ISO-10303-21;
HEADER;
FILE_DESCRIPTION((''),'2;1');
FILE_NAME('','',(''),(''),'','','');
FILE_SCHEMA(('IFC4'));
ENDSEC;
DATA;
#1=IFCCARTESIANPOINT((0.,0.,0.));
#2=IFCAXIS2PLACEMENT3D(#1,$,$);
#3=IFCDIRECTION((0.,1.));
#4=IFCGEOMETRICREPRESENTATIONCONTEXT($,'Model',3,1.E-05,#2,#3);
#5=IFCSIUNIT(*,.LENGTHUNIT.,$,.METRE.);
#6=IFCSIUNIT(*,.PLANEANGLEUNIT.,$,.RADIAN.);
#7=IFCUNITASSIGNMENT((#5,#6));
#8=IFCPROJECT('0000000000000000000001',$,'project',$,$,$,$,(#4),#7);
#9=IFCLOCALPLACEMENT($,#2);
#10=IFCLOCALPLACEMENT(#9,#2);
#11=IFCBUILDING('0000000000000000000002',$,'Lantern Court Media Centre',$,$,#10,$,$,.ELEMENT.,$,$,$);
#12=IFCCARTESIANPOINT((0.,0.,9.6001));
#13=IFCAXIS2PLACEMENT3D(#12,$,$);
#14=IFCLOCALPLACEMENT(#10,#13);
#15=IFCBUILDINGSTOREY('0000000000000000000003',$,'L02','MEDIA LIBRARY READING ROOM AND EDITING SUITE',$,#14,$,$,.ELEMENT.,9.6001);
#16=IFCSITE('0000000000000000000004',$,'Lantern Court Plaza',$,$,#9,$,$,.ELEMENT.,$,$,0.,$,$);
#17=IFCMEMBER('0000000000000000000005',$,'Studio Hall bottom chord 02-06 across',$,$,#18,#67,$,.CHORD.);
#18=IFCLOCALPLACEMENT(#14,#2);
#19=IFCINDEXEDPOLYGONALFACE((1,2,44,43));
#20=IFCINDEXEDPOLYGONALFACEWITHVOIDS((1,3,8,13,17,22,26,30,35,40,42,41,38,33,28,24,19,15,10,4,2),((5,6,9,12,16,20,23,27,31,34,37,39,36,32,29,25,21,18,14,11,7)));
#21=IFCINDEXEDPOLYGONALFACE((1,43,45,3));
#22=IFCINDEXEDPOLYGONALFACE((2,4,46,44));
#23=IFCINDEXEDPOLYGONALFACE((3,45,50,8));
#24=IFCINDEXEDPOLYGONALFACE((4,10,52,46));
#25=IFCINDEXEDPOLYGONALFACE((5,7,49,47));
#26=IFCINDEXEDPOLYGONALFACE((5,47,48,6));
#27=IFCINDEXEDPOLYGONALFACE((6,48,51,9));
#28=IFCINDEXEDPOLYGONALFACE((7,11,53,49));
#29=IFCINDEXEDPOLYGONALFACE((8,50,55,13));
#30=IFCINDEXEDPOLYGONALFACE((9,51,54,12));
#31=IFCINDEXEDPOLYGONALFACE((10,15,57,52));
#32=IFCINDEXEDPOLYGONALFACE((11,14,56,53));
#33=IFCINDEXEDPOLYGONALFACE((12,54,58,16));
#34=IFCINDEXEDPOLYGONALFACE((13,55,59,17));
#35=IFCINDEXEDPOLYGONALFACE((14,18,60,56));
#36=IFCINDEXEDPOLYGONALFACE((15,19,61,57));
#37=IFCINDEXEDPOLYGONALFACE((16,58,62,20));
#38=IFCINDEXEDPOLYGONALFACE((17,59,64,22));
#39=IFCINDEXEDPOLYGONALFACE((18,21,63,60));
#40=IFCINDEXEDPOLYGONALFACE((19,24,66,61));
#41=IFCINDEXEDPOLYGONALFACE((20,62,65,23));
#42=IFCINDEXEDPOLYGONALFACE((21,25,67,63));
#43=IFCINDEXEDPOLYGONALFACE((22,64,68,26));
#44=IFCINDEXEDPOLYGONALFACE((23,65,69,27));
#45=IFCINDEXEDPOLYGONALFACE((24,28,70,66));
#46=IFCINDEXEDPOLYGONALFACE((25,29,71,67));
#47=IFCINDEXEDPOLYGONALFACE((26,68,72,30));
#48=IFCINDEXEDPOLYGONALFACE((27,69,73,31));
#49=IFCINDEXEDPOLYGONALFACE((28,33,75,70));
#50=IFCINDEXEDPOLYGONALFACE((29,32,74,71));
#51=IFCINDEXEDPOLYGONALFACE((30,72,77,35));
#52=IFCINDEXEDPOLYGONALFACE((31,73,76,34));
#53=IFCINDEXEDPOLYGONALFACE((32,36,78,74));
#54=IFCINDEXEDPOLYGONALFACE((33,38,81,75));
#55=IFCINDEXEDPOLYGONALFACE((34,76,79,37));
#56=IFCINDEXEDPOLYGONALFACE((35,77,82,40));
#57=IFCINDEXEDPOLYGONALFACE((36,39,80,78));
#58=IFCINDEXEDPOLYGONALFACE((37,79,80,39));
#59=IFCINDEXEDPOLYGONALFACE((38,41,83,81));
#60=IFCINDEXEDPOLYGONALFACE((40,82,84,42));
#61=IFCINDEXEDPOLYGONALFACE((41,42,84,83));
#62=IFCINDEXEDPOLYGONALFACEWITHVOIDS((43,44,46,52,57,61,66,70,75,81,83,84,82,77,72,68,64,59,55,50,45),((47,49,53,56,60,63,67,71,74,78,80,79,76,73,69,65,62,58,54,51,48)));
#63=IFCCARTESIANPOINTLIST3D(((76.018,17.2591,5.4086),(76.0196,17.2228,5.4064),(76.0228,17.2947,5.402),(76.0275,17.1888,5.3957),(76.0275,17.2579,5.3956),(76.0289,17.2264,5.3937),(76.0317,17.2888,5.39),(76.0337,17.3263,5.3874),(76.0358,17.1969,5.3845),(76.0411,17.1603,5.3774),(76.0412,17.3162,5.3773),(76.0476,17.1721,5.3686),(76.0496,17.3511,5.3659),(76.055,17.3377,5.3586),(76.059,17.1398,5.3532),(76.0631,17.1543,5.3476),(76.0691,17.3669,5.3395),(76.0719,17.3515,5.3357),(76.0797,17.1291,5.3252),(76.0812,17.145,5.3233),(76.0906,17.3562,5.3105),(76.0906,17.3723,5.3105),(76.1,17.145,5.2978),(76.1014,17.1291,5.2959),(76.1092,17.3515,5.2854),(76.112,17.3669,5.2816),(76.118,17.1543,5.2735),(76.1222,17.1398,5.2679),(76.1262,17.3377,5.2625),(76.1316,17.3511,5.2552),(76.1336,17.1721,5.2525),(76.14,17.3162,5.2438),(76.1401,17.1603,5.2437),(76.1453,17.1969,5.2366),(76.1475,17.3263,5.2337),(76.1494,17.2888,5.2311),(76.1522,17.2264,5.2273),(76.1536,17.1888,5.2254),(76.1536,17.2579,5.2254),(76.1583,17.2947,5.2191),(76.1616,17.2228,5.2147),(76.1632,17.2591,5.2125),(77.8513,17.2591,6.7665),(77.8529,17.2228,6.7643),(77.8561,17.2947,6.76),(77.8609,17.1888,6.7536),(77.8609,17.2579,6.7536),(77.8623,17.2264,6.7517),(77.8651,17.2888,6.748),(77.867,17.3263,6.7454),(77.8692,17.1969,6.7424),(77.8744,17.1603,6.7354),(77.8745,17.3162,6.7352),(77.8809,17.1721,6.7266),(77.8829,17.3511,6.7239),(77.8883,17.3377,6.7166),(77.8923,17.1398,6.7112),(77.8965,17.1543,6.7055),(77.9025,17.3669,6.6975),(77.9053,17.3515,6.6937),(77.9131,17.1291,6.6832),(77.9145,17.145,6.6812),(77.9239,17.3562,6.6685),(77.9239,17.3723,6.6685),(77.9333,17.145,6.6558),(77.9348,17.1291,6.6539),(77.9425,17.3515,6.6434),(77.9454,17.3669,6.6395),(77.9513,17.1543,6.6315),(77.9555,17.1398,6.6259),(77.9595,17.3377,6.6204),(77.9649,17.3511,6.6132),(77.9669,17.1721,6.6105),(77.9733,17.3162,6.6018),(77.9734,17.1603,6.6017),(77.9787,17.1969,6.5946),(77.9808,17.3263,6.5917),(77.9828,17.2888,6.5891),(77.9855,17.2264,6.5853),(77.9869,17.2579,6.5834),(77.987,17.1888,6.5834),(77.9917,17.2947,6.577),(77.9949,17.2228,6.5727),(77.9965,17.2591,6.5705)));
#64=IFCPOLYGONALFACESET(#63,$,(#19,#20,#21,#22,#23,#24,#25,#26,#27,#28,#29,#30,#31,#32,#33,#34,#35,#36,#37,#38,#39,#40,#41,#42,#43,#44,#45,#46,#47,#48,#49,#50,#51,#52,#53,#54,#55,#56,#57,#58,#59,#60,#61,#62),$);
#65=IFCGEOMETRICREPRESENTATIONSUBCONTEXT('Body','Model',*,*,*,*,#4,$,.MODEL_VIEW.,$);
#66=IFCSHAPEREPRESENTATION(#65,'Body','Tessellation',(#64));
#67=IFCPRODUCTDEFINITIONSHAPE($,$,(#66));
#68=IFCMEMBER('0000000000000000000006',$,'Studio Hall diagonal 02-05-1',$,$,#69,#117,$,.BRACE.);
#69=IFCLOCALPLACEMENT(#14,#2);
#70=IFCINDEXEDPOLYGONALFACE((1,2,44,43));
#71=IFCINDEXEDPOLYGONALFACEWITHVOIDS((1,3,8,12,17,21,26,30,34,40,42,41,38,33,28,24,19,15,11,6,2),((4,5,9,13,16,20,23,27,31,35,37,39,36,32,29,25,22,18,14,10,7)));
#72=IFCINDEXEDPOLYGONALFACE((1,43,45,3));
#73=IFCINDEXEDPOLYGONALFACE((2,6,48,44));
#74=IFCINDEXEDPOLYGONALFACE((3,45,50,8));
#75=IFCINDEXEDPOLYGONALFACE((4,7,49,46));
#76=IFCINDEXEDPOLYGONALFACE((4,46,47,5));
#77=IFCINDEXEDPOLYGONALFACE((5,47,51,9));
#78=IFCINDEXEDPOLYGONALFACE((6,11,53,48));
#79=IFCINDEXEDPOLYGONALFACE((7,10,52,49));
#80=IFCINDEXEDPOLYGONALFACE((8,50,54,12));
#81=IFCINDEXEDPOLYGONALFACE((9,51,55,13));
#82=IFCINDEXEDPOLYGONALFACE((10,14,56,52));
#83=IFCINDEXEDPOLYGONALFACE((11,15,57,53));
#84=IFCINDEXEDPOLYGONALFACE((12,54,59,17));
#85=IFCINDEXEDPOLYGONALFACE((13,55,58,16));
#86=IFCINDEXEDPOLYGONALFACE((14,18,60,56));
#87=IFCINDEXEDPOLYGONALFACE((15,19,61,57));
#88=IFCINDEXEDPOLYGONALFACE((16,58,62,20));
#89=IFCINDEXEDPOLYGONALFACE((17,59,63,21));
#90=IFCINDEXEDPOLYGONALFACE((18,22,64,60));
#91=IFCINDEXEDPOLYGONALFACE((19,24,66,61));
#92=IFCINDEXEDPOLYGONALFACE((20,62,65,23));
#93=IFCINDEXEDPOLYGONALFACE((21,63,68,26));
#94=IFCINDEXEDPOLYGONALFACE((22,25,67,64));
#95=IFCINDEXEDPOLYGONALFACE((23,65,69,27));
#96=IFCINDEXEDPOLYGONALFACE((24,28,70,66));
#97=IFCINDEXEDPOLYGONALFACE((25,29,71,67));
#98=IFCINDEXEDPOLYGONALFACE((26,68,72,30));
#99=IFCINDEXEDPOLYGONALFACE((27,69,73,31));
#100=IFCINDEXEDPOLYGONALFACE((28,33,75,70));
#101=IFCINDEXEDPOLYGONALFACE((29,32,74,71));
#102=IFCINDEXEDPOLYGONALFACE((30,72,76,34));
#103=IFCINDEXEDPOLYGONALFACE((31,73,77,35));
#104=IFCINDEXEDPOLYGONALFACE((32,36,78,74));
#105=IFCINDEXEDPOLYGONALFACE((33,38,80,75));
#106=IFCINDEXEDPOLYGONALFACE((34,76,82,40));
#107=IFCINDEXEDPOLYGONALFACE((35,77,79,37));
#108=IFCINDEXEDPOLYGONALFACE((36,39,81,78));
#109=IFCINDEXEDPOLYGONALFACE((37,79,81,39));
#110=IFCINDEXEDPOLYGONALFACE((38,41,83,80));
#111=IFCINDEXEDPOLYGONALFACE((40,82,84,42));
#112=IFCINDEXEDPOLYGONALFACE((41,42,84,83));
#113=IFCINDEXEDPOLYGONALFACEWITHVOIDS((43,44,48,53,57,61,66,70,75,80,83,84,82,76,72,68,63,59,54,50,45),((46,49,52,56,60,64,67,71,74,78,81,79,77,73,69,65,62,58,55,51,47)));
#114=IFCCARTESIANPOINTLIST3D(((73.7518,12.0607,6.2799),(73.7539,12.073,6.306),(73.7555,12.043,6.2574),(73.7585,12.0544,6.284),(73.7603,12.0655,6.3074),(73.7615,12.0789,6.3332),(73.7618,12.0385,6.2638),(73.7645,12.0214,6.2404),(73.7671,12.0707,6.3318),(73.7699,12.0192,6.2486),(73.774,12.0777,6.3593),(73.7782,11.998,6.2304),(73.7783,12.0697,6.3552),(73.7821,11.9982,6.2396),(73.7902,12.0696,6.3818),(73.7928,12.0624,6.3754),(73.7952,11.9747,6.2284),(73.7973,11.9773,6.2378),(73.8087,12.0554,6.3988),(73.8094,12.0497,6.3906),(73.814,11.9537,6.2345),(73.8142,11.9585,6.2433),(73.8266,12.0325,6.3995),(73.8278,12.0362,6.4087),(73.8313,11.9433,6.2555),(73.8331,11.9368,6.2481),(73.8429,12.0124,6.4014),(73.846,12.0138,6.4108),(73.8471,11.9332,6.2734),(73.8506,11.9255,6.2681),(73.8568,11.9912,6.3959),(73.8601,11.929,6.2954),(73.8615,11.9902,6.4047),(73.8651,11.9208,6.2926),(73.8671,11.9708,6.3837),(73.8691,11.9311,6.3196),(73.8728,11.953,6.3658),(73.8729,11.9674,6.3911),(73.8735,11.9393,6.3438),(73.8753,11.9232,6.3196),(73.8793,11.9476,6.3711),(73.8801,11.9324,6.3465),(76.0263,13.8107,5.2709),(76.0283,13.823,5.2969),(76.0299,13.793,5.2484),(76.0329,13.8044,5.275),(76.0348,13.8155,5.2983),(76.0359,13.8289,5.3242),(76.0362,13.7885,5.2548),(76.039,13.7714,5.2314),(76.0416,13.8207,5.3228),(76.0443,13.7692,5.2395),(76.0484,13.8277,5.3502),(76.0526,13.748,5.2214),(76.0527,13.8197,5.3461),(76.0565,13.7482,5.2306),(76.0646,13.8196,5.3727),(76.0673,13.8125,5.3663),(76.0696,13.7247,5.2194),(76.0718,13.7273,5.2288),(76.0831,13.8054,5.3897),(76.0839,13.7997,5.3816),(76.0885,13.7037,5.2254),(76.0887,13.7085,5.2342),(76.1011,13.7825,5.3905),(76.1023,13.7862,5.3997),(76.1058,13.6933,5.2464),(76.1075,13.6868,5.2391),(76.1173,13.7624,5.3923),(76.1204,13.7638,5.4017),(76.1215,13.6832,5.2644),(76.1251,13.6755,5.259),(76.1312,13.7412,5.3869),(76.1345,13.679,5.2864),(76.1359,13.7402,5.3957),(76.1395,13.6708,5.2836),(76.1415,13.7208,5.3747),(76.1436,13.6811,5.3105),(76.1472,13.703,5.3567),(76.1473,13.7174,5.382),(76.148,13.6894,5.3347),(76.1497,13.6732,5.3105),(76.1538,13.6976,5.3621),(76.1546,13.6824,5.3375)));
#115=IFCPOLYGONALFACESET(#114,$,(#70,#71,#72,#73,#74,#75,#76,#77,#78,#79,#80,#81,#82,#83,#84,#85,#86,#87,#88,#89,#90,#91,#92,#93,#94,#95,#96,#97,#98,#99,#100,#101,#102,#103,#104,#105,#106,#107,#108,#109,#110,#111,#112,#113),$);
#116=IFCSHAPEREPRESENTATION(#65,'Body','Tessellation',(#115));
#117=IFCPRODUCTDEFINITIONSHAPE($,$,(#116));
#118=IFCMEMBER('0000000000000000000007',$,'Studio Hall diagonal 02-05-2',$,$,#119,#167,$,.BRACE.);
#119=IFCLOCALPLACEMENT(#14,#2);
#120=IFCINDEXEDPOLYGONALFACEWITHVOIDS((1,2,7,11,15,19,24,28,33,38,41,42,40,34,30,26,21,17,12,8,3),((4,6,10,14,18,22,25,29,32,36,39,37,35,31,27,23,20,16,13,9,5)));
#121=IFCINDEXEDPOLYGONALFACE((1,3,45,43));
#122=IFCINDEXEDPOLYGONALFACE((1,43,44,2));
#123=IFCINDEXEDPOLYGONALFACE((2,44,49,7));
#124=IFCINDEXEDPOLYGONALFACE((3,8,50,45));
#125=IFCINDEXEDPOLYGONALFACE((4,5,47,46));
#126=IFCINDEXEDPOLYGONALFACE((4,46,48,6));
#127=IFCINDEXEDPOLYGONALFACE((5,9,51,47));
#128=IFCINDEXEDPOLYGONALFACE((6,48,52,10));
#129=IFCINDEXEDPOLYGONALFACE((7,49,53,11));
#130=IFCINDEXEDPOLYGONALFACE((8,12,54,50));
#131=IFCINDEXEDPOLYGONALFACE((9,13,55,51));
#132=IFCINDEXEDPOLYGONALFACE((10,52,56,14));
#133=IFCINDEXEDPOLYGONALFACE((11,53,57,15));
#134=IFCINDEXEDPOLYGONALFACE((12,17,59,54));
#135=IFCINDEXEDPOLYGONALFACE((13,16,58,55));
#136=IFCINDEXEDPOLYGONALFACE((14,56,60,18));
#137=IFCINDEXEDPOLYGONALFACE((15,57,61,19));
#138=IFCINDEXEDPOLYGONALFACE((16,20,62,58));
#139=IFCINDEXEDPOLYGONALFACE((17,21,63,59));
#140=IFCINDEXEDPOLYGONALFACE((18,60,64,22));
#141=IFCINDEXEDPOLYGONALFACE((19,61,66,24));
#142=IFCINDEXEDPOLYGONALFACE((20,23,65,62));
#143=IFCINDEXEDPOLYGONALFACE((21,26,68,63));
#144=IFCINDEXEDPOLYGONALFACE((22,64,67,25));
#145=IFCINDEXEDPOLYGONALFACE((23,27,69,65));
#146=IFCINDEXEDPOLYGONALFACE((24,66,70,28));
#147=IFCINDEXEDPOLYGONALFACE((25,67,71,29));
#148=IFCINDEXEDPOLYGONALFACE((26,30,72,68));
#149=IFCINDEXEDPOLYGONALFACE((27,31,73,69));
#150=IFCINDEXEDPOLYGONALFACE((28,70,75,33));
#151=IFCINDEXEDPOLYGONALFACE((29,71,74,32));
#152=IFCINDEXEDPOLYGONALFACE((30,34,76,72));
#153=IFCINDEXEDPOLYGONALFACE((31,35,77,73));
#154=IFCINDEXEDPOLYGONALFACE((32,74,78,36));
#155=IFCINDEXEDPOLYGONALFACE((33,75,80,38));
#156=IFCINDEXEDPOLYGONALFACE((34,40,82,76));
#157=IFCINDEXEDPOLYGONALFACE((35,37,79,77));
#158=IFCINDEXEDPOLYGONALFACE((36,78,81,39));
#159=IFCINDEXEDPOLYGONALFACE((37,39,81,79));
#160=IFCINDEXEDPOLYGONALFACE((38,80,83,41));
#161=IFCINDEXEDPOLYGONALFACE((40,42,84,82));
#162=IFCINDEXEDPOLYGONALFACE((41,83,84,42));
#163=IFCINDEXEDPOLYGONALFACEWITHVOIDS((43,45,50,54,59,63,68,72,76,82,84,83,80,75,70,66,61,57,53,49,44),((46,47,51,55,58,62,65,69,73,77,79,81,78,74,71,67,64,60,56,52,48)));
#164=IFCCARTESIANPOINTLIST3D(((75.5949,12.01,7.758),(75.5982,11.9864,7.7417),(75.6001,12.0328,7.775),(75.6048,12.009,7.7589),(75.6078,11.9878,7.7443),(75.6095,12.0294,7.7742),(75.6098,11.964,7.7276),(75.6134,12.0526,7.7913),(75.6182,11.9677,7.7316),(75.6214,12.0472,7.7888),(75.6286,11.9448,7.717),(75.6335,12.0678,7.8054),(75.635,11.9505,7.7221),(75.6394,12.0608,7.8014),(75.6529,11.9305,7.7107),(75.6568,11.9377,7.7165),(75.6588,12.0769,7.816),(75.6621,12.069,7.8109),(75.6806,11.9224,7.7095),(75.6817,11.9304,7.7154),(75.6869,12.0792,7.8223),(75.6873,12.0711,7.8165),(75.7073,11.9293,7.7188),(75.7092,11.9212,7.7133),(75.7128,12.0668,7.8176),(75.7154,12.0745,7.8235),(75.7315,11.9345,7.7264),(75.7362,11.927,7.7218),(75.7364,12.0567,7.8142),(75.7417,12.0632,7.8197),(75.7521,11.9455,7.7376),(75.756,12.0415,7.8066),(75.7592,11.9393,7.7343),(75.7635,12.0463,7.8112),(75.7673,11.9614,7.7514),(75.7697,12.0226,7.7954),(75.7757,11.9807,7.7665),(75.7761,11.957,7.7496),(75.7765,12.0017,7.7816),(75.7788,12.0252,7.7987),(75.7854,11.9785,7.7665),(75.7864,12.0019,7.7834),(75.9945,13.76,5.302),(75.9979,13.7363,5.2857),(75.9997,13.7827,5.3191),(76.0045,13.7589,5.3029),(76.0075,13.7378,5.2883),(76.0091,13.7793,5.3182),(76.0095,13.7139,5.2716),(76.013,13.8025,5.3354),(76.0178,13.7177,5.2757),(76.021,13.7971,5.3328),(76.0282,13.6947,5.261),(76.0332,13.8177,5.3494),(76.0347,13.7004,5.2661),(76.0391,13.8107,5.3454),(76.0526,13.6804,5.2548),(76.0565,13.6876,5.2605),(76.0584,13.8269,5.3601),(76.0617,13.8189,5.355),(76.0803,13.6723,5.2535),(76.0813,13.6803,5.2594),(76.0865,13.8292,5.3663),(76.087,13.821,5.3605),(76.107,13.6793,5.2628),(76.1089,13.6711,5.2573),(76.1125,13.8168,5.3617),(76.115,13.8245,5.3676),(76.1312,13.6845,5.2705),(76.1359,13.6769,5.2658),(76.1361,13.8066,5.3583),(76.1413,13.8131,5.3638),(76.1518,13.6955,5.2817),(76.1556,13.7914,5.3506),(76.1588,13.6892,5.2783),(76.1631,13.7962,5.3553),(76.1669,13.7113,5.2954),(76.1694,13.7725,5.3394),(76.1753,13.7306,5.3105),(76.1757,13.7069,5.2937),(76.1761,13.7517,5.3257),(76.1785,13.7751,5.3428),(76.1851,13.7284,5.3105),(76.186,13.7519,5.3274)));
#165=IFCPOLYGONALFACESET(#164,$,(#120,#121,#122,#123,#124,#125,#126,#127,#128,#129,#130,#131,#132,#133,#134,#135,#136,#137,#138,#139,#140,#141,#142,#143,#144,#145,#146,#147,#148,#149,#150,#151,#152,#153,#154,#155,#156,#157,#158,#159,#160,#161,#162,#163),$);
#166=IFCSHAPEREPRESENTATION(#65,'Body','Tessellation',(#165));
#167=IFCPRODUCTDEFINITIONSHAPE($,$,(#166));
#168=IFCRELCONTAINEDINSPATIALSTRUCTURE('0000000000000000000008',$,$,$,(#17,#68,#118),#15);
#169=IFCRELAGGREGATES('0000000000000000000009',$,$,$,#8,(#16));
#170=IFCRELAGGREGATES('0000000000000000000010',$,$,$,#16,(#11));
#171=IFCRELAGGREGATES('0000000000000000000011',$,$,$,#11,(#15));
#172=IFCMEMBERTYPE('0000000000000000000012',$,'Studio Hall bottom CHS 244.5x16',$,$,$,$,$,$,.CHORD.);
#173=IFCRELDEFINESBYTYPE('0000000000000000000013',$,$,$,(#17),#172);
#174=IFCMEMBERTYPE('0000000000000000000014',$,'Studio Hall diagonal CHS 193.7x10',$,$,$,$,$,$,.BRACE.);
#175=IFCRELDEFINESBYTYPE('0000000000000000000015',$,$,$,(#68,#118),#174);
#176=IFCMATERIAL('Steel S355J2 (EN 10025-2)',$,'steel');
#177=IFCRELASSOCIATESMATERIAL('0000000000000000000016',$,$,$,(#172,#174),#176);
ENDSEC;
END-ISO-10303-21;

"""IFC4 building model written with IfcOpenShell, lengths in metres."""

from ifc_helpers import new_model, si_unit, direction, frame, origin, origin_2d, place, context, subcontext, project, spatial, hollow_circle, extrude, material, material_profile, profile_set, type_object, element, save


model = new_model("IFC4")

# Units and contexts
model_context = context("Model", 3, precision=1e-05, world=origin(), true_north=direction((0.0, 1.0)))
body_context = subcontext(model_context, "Body", "Model", "MODEL_VIEW")
ifc_project = project(units=[si_unit("LENGTHUNIT", "METRE"), si_unit("PLANEANGLEUNIT", "RADIAN")], contexts=[model_context])

# Site, building, storey
site_placement = place(None, origin())
site = spatial("IfcSite", under=ifc_project, at=site_placement, Name="Lantern Court Plaza", CompositionType="ELEMENT", RefElevation=0.0)
building_placement = place(site_placement, origin())
building = spatial("IfcBuilding", under=site, at=building_placement, Name="Lantern Court Media Centre", CompositionType="ELEMENT")
storey_placement = place(building_placement, frame((0.0, 0.0, 9.6001)))
storey = spatial("IfcBuildingStorey", under=building, at=storey_placement, Name="L02", Description="MEDIA LIBRARY READING ROOM AND EDITING SUITE", CompositionType="ELEMENT", Elevation=9.6001)

# Members
ifc_material_1 = material(Name="Steel S355J2 (EN 10025-2)", Category="steel")
ifc_material_profile_1 = material_profile(ifc_material_1, hollow_circle(Radius=0.1223, WallThickness=0.0161, at=origin_2d()), Name="Studio Hall bottom CHS 244.5x16")
ifc_profile_set_1 = profile_set([ifc_material_profile_1], Name="Steel S355J2 (EN 10025-2)")
member_type_1 = type_object("IfcMemberType", Name="Studio Hall bottom CHS 244.5x16", PredefinedType="CHORD", material=ifc_profile_set_1)
for number, where, z_axis, x_axis, name in (
    (1, (76.0906, 17.25, 5.3105), (0.803569, 0.0, 0.595212), (0.0, 1.0, 0.0), "Studio Hall bottom chord 02-06 across"),
):
    element("IfcMember", number, at=place(storey_placement, frame(where, z_axis=z_axis, x_axis=x_axis)), inside=storey, type_object=member_type_1, Name=name, PredefinedType="CHORD", context=body_context, shape_type="SweptSolid", body=[
        extrude(hollow_circle(Radius=0.1223, WallThickness=0.0161, at=origin_2d()), origin(), (0.0, 0.0, 1.0), 2.2815),
    ])
ifc_material_profile_2 = material_profile(ifc_material_1, hollow_circle(Radius=0.0969, WallThickness=0.01, at=origin_2d()), Name="Studio Hall diagonal CHS 193.7x10")
ifc_profile_set_2 = profile_set([ifc_material_profile_2], Name="Steel S355J2 (EN 10025-2)")
member_type_2 = type_object("IfcMemberType", Name="Studio Hall diagonal CHS 193.7x10", PredefinedType="BRACE", material=ifc_profile_set_2)
for number, where, z_axis, x_axis, name in (
    (2, (76.0906, 13.75, 5.3105), (-0.747677, -0.575284, 0.331703), (0.609809, -0.792548, 0.0), "Studio Hall diagonal 02-05-1"),
    (3, (76.0906, 13.75, 5.3105), (-0.131375, -0.575259, 0.807352), (0.9749, -0.222644, 0.0), "Studio Hall diagonal 02-05-2"),
):
    element("IfcMember", number, at=place(storey_placement, frame(where, z_axis=z_axis, x_axis=x_axis)), inside=storey, type_object=member_type_2, Name=name, PredefinedType="BRACE", context=body_context, shape_type="SweptSolid", body=[
        extrude(hollow_circle(Radius=0.0969, WallThickness=0.01, at=origin_2d()), origin(), (0.0, 0.0, 1.0), 3.042),
    ])

save(model, "model.ifc")
